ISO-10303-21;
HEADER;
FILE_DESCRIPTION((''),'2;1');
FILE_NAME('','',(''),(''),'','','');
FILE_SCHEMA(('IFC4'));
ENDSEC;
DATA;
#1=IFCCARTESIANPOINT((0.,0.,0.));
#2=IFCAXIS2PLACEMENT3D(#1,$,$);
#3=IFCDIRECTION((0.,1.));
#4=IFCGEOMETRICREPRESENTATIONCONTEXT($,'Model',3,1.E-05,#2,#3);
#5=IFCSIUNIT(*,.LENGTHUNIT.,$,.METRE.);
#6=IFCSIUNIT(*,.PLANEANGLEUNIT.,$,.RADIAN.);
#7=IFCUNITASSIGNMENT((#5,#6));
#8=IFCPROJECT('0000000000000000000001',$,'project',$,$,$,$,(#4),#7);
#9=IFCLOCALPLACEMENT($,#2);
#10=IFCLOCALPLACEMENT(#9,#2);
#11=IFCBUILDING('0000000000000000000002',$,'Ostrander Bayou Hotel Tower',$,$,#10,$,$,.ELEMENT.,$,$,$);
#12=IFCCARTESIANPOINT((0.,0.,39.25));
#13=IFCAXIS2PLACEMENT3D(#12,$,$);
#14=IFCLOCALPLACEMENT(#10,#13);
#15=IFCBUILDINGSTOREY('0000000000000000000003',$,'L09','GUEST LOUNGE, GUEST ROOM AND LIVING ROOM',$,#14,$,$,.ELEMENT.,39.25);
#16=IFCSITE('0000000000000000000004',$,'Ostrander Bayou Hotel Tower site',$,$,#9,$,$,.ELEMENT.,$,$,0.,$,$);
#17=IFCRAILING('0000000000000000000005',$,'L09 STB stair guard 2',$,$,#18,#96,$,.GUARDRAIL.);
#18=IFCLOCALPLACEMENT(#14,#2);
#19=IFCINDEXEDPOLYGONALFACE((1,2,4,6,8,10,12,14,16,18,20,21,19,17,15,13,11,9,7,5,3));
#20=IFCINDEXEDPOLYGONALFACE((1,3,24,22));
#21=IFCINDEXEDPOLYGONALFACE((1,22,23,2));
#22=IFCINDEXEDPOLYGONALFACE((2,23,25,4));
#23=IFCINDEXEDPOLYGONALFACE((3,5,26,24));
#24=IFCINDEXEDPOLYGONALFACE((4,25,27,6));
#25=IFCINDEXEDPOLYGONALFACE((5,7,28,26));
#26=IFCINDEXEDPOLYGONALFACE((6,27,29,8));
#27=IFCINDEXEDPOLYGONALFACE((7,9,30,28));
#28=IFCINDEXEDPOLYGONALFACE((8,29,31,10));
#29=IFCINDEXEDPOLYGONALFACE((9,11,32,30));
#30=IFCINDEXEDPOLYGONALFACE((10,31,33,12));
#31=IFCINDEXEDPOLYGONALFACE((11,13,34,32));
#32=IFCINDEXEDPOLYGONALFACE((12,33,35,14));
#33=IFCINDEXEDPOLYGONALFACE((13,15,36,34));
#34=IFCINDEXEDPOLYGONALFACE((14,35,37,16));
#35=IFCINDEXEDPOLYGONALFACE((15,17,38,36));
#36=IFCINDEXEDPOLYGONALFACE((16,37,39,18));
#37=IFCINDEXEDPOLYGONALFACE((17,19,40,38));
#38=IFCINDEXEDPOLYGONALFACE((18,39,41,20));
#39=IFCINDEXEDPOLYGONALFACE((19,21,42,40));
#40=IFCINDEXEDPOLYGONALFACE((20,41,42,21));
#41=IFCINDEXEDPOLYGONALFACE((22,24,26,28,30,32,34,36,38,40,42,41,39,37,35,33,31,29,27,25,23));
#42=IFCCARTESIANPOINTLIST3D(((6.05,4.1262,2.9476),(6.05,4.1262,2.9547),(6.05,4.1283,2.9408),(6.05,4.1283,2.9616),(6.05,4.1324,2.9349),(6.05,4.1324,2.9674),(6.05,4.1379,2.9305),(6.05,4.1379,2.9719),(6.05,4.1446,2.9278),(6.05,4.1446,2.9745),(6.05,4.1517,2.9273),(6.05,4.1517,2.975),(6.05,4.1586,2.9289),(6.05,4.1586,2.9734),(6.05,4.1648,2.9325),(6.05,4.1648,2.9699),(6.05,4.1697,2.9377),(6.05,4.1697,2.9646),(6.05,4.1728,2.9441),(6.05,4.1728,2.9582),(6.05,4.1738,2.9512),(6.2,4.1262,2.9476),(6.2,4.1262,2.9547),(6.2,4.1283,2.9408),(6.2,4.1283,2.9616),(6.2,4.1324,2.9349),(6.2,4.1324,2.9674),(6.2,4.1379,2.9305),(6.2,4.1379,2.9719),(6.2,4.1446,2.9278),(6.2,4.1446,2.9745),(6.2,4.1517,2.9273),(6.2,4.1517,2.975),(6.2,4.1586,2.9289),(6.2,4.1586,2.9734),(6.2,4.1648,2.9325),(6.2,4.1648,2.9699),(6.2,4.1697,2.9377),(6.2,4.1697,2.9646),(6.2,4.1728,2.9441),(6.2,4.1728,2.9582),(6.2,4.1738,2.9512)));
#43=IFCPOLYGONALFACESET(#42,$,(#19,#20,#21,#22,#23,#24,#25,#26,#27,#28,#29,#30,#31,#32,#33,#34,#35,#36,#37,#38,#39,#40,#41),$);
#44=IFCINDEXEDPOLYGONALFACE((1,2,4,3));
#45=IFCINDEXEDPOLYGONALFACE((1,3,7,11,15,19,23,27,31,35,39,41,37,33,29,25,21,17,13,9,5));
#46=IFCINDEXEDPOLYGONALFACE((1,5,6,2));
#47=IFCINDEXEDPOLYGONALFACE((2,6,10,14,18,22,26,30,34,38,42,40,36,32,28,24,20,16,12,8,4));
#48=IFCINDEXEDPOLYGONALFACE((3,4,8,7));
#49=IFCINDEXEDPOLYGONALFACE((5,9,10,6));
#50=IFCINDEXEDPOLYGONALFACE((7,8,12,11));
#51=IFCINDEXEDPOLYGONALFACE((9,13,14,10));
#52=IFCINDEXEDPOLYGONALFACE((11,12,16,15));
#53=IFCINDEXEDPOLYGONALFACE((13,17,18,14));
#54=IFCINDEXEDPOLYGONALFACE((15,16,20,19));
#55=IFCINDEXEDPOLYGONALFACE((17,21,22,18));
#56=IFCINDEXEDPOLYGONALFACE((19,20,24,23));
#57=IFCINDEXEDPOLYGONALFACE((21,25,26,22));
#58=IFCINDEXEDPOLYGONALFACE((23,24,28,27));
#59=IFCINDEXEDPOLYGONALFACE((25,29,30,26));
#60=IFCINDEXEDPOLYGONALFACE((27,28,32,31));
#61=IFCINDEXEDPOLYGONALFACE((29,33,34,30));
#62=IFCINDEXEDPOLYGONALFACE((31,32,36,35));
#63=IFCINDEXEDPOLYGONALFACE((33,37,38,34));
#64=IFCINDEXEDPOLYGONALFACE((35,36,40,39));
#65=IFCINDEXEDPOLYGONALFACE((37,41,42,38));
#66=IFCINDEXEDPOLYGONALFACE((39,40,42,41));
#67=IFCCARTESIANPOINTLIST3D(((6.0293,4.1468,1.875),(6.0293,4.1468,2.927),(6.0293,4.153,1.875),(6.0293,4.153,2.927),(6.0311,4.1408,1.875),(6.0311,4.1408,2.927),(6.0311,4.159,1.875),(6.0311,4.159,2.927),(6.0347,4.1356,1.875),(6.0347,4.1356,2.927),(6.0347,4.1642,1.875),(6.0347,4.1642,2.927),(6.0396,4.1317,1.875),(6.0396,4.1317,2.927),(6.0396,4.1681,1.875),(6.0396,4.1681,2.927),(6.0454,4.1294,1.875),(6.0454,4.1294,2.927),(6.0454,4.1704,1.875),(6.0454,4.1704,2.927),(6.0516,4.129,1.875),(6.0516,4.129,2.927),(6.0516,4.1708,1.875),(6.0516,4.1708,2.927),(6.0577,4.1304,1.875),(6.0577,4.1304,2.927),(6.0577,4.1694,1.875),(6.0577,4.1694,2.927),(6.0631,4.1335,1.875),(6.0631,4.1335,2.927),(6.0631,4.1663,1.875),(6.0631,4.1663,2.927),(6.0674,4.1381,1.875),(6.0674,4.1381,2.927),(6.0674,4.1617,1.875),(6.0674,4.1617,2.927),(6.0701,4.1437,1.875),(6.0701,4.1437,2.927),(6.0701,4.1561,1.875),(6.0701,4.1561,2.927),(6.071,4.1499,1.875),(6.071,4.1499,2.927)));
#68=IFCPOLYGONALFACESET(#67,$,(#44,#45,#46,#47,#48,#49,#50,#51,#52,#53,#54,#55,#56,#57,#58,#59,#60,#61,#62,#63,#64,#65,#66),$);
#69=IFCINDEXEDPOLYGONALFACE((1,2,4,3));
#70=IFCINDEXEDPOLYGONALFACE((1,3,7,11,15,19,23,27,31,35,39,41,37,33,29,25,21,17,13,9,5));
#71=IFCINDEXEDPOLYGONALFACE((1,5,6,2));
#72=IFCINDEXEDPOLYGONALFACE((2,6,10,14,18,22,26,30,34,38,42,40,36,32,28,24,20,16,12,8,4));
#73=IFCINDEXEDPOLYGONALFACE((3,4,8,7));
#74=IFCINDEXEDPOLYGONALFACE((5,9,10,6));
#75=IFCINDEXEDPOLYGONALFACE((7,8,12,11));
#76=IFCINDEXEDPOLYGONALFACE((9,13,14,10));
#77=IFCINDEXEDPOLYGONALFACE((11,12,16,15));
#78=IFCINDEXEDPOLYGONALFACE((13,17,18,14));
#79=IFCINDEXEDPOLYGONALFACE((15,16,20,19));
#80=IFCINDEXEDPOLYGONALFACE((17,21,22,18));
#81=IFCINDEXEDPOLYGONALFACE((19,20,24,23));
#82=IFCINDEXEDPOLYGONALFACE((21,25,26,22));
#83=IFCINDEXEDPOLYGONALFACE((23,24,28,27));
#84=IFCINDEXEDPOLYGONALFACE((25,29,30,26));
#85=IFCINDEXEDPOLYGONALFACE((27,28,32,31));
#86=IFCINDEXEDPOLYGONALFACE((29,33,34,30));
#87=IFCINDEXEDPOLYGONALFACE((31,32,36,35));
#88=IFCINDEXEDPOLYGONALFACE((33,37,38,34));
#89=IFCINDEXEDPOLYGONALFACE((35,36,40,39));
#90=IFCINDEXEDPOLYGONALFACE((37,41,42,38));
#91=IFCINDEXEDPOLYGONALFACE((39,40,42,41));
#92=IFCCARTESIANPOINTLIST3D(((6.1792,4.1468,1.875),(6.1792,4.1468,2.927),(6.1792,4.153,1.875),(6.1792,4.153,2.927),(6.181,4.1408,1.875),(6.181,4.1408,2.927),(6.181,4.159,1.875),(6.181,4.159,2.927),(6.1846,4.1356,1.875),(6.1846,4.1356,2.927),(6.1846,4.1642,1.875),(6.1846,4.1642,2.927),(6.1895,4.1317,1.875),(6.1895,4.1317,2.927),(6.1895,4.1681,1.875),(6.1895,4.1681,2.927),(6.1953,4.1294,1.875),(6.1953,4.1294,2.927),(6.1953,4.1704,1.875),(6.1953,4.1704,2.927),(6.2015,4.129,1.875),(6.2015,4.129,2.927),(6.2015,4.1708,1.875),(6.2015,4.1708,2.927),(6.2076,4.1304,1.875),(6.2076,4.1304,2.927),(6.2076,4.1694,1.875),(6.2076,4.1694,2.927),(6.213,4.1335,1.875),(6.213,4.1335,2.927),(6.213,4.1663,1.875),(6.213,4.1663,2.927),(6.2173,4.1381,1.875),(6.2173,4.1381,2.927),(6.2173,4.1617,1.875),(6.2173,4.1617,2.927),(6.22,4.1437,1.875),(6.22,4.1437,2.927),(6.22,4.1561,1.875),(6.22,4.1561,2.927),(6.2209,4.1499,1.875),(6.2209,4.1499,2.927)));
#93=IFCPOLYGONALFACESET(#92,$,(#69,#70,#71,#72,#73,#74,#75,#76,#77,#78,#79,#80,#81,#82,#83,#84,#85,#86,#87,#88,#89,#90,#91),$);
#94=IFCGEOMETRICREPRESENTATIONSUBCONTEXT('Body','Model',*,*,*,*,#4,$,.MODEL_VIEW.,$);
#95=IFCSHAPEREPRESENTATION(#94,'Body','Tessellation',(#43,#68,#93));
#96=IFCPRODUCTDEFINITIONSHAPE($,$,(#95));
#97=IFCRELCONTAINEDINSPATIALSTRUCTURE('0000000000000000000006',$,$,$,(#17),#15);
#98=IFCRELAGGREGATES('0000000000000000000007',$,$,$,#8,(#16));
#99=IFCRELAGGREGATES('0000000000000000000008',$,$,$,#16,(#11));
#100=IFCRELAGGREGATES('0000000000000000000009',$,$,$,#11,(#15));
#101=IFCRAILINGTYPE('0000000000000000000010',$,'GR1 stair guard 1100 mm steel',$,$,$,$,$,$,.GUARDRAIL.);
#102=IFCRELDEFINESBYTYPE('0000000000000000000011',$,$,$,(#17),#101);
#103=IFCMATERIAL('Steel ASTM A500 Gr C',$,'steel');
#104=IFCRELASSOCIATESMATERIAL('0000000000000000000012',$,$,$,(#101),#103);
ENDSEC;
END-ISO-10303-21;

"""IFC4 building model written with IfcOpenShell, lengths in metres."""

from ifc_helpers import new_model, si_unit, direction, frame, origin, origin_2d, place, context, subcontext, project, spatial, circle, extrude, material, type_object, element, save


model = new_model("IFC4")

# Units and contexts
model_context = context("Model", 3, precision=1e-05, world=origin(), true_north=direction((0.0, 1.0)))
body_context = subcontext(model_context, "Body", "Model", "MODEL_VIEW")
ifc_project = project(units=[si_unit("LENGTHUNIT", "METRE"), si_unit("PLANEANGLEUNIT", "RADIAN")], contexts=[model_context])

# Site, building, storey
site_placement = place(None, origin())
site = spatial("IfcSite", under=ifc_project, at=site_placement, Name="Ostrander Bayou Hotel Tower site", CompositionType="ELEMENT", RefElevation=0.0)
building_placement = place(site_placement, origin())
building = spatial("IfcBuilding", under=site, at=building_placement, Name="Ostrander Bayou Hotel Tower", CompositionType="ELEMENT")
storey_placement = place(building_placement, frame((0.0, 0.0, 39.25)))
storey = spatial("IfcBuildingStorey", under=building, at=storey_placement, Name="L09", Description="GUEST LOUNGE, GUEST ROOM AND LIVING ROOM", CompositionType="ELEMENT", Elevation=39.25)

# Railing
ifc_material_1 = material(Name="Steel ASTM A500 Gr C", Category="steel")
railing_type_1 = type_object("IfcRailingType", Name="GR1 stair guard 1100 mm steel", PredefinedType="GUARDRAIL", material=ifc_material_1)
railing_1_placement = place(storey_placement, frame((6.05, 4.1499, 1.875)))
element("IfcRailing", 1, at=railing_1_placement, inside=storey, type_object=railing_type_1, Name="L09 STB stair guard 2", PredefinedType="GUARDRAIL", context=body_context, shape_type="SweptSolid", body=[
    extrude(circle(Radius=0.0239, at=origin_2d()), frame((0.0, 0.0, 1.0762), z_axis=(1.0, 0.0, 0.0), x_axis=(0.0, 1.0, 0.0)), (0.0, 0.0, 1.0), 0.1499),
    extrude(circle(Radius=0.021, at=origin_2d()), origin(), (0.0, 0.0, 1.0), 1.052),
    extrude(circle(Radius=0.021, at=origin_2d()), frame((0.1499, 0.0, 0.0)), (0.0, 0.0, 1.0), 1.052),
])

save(model, "model.ifc")
